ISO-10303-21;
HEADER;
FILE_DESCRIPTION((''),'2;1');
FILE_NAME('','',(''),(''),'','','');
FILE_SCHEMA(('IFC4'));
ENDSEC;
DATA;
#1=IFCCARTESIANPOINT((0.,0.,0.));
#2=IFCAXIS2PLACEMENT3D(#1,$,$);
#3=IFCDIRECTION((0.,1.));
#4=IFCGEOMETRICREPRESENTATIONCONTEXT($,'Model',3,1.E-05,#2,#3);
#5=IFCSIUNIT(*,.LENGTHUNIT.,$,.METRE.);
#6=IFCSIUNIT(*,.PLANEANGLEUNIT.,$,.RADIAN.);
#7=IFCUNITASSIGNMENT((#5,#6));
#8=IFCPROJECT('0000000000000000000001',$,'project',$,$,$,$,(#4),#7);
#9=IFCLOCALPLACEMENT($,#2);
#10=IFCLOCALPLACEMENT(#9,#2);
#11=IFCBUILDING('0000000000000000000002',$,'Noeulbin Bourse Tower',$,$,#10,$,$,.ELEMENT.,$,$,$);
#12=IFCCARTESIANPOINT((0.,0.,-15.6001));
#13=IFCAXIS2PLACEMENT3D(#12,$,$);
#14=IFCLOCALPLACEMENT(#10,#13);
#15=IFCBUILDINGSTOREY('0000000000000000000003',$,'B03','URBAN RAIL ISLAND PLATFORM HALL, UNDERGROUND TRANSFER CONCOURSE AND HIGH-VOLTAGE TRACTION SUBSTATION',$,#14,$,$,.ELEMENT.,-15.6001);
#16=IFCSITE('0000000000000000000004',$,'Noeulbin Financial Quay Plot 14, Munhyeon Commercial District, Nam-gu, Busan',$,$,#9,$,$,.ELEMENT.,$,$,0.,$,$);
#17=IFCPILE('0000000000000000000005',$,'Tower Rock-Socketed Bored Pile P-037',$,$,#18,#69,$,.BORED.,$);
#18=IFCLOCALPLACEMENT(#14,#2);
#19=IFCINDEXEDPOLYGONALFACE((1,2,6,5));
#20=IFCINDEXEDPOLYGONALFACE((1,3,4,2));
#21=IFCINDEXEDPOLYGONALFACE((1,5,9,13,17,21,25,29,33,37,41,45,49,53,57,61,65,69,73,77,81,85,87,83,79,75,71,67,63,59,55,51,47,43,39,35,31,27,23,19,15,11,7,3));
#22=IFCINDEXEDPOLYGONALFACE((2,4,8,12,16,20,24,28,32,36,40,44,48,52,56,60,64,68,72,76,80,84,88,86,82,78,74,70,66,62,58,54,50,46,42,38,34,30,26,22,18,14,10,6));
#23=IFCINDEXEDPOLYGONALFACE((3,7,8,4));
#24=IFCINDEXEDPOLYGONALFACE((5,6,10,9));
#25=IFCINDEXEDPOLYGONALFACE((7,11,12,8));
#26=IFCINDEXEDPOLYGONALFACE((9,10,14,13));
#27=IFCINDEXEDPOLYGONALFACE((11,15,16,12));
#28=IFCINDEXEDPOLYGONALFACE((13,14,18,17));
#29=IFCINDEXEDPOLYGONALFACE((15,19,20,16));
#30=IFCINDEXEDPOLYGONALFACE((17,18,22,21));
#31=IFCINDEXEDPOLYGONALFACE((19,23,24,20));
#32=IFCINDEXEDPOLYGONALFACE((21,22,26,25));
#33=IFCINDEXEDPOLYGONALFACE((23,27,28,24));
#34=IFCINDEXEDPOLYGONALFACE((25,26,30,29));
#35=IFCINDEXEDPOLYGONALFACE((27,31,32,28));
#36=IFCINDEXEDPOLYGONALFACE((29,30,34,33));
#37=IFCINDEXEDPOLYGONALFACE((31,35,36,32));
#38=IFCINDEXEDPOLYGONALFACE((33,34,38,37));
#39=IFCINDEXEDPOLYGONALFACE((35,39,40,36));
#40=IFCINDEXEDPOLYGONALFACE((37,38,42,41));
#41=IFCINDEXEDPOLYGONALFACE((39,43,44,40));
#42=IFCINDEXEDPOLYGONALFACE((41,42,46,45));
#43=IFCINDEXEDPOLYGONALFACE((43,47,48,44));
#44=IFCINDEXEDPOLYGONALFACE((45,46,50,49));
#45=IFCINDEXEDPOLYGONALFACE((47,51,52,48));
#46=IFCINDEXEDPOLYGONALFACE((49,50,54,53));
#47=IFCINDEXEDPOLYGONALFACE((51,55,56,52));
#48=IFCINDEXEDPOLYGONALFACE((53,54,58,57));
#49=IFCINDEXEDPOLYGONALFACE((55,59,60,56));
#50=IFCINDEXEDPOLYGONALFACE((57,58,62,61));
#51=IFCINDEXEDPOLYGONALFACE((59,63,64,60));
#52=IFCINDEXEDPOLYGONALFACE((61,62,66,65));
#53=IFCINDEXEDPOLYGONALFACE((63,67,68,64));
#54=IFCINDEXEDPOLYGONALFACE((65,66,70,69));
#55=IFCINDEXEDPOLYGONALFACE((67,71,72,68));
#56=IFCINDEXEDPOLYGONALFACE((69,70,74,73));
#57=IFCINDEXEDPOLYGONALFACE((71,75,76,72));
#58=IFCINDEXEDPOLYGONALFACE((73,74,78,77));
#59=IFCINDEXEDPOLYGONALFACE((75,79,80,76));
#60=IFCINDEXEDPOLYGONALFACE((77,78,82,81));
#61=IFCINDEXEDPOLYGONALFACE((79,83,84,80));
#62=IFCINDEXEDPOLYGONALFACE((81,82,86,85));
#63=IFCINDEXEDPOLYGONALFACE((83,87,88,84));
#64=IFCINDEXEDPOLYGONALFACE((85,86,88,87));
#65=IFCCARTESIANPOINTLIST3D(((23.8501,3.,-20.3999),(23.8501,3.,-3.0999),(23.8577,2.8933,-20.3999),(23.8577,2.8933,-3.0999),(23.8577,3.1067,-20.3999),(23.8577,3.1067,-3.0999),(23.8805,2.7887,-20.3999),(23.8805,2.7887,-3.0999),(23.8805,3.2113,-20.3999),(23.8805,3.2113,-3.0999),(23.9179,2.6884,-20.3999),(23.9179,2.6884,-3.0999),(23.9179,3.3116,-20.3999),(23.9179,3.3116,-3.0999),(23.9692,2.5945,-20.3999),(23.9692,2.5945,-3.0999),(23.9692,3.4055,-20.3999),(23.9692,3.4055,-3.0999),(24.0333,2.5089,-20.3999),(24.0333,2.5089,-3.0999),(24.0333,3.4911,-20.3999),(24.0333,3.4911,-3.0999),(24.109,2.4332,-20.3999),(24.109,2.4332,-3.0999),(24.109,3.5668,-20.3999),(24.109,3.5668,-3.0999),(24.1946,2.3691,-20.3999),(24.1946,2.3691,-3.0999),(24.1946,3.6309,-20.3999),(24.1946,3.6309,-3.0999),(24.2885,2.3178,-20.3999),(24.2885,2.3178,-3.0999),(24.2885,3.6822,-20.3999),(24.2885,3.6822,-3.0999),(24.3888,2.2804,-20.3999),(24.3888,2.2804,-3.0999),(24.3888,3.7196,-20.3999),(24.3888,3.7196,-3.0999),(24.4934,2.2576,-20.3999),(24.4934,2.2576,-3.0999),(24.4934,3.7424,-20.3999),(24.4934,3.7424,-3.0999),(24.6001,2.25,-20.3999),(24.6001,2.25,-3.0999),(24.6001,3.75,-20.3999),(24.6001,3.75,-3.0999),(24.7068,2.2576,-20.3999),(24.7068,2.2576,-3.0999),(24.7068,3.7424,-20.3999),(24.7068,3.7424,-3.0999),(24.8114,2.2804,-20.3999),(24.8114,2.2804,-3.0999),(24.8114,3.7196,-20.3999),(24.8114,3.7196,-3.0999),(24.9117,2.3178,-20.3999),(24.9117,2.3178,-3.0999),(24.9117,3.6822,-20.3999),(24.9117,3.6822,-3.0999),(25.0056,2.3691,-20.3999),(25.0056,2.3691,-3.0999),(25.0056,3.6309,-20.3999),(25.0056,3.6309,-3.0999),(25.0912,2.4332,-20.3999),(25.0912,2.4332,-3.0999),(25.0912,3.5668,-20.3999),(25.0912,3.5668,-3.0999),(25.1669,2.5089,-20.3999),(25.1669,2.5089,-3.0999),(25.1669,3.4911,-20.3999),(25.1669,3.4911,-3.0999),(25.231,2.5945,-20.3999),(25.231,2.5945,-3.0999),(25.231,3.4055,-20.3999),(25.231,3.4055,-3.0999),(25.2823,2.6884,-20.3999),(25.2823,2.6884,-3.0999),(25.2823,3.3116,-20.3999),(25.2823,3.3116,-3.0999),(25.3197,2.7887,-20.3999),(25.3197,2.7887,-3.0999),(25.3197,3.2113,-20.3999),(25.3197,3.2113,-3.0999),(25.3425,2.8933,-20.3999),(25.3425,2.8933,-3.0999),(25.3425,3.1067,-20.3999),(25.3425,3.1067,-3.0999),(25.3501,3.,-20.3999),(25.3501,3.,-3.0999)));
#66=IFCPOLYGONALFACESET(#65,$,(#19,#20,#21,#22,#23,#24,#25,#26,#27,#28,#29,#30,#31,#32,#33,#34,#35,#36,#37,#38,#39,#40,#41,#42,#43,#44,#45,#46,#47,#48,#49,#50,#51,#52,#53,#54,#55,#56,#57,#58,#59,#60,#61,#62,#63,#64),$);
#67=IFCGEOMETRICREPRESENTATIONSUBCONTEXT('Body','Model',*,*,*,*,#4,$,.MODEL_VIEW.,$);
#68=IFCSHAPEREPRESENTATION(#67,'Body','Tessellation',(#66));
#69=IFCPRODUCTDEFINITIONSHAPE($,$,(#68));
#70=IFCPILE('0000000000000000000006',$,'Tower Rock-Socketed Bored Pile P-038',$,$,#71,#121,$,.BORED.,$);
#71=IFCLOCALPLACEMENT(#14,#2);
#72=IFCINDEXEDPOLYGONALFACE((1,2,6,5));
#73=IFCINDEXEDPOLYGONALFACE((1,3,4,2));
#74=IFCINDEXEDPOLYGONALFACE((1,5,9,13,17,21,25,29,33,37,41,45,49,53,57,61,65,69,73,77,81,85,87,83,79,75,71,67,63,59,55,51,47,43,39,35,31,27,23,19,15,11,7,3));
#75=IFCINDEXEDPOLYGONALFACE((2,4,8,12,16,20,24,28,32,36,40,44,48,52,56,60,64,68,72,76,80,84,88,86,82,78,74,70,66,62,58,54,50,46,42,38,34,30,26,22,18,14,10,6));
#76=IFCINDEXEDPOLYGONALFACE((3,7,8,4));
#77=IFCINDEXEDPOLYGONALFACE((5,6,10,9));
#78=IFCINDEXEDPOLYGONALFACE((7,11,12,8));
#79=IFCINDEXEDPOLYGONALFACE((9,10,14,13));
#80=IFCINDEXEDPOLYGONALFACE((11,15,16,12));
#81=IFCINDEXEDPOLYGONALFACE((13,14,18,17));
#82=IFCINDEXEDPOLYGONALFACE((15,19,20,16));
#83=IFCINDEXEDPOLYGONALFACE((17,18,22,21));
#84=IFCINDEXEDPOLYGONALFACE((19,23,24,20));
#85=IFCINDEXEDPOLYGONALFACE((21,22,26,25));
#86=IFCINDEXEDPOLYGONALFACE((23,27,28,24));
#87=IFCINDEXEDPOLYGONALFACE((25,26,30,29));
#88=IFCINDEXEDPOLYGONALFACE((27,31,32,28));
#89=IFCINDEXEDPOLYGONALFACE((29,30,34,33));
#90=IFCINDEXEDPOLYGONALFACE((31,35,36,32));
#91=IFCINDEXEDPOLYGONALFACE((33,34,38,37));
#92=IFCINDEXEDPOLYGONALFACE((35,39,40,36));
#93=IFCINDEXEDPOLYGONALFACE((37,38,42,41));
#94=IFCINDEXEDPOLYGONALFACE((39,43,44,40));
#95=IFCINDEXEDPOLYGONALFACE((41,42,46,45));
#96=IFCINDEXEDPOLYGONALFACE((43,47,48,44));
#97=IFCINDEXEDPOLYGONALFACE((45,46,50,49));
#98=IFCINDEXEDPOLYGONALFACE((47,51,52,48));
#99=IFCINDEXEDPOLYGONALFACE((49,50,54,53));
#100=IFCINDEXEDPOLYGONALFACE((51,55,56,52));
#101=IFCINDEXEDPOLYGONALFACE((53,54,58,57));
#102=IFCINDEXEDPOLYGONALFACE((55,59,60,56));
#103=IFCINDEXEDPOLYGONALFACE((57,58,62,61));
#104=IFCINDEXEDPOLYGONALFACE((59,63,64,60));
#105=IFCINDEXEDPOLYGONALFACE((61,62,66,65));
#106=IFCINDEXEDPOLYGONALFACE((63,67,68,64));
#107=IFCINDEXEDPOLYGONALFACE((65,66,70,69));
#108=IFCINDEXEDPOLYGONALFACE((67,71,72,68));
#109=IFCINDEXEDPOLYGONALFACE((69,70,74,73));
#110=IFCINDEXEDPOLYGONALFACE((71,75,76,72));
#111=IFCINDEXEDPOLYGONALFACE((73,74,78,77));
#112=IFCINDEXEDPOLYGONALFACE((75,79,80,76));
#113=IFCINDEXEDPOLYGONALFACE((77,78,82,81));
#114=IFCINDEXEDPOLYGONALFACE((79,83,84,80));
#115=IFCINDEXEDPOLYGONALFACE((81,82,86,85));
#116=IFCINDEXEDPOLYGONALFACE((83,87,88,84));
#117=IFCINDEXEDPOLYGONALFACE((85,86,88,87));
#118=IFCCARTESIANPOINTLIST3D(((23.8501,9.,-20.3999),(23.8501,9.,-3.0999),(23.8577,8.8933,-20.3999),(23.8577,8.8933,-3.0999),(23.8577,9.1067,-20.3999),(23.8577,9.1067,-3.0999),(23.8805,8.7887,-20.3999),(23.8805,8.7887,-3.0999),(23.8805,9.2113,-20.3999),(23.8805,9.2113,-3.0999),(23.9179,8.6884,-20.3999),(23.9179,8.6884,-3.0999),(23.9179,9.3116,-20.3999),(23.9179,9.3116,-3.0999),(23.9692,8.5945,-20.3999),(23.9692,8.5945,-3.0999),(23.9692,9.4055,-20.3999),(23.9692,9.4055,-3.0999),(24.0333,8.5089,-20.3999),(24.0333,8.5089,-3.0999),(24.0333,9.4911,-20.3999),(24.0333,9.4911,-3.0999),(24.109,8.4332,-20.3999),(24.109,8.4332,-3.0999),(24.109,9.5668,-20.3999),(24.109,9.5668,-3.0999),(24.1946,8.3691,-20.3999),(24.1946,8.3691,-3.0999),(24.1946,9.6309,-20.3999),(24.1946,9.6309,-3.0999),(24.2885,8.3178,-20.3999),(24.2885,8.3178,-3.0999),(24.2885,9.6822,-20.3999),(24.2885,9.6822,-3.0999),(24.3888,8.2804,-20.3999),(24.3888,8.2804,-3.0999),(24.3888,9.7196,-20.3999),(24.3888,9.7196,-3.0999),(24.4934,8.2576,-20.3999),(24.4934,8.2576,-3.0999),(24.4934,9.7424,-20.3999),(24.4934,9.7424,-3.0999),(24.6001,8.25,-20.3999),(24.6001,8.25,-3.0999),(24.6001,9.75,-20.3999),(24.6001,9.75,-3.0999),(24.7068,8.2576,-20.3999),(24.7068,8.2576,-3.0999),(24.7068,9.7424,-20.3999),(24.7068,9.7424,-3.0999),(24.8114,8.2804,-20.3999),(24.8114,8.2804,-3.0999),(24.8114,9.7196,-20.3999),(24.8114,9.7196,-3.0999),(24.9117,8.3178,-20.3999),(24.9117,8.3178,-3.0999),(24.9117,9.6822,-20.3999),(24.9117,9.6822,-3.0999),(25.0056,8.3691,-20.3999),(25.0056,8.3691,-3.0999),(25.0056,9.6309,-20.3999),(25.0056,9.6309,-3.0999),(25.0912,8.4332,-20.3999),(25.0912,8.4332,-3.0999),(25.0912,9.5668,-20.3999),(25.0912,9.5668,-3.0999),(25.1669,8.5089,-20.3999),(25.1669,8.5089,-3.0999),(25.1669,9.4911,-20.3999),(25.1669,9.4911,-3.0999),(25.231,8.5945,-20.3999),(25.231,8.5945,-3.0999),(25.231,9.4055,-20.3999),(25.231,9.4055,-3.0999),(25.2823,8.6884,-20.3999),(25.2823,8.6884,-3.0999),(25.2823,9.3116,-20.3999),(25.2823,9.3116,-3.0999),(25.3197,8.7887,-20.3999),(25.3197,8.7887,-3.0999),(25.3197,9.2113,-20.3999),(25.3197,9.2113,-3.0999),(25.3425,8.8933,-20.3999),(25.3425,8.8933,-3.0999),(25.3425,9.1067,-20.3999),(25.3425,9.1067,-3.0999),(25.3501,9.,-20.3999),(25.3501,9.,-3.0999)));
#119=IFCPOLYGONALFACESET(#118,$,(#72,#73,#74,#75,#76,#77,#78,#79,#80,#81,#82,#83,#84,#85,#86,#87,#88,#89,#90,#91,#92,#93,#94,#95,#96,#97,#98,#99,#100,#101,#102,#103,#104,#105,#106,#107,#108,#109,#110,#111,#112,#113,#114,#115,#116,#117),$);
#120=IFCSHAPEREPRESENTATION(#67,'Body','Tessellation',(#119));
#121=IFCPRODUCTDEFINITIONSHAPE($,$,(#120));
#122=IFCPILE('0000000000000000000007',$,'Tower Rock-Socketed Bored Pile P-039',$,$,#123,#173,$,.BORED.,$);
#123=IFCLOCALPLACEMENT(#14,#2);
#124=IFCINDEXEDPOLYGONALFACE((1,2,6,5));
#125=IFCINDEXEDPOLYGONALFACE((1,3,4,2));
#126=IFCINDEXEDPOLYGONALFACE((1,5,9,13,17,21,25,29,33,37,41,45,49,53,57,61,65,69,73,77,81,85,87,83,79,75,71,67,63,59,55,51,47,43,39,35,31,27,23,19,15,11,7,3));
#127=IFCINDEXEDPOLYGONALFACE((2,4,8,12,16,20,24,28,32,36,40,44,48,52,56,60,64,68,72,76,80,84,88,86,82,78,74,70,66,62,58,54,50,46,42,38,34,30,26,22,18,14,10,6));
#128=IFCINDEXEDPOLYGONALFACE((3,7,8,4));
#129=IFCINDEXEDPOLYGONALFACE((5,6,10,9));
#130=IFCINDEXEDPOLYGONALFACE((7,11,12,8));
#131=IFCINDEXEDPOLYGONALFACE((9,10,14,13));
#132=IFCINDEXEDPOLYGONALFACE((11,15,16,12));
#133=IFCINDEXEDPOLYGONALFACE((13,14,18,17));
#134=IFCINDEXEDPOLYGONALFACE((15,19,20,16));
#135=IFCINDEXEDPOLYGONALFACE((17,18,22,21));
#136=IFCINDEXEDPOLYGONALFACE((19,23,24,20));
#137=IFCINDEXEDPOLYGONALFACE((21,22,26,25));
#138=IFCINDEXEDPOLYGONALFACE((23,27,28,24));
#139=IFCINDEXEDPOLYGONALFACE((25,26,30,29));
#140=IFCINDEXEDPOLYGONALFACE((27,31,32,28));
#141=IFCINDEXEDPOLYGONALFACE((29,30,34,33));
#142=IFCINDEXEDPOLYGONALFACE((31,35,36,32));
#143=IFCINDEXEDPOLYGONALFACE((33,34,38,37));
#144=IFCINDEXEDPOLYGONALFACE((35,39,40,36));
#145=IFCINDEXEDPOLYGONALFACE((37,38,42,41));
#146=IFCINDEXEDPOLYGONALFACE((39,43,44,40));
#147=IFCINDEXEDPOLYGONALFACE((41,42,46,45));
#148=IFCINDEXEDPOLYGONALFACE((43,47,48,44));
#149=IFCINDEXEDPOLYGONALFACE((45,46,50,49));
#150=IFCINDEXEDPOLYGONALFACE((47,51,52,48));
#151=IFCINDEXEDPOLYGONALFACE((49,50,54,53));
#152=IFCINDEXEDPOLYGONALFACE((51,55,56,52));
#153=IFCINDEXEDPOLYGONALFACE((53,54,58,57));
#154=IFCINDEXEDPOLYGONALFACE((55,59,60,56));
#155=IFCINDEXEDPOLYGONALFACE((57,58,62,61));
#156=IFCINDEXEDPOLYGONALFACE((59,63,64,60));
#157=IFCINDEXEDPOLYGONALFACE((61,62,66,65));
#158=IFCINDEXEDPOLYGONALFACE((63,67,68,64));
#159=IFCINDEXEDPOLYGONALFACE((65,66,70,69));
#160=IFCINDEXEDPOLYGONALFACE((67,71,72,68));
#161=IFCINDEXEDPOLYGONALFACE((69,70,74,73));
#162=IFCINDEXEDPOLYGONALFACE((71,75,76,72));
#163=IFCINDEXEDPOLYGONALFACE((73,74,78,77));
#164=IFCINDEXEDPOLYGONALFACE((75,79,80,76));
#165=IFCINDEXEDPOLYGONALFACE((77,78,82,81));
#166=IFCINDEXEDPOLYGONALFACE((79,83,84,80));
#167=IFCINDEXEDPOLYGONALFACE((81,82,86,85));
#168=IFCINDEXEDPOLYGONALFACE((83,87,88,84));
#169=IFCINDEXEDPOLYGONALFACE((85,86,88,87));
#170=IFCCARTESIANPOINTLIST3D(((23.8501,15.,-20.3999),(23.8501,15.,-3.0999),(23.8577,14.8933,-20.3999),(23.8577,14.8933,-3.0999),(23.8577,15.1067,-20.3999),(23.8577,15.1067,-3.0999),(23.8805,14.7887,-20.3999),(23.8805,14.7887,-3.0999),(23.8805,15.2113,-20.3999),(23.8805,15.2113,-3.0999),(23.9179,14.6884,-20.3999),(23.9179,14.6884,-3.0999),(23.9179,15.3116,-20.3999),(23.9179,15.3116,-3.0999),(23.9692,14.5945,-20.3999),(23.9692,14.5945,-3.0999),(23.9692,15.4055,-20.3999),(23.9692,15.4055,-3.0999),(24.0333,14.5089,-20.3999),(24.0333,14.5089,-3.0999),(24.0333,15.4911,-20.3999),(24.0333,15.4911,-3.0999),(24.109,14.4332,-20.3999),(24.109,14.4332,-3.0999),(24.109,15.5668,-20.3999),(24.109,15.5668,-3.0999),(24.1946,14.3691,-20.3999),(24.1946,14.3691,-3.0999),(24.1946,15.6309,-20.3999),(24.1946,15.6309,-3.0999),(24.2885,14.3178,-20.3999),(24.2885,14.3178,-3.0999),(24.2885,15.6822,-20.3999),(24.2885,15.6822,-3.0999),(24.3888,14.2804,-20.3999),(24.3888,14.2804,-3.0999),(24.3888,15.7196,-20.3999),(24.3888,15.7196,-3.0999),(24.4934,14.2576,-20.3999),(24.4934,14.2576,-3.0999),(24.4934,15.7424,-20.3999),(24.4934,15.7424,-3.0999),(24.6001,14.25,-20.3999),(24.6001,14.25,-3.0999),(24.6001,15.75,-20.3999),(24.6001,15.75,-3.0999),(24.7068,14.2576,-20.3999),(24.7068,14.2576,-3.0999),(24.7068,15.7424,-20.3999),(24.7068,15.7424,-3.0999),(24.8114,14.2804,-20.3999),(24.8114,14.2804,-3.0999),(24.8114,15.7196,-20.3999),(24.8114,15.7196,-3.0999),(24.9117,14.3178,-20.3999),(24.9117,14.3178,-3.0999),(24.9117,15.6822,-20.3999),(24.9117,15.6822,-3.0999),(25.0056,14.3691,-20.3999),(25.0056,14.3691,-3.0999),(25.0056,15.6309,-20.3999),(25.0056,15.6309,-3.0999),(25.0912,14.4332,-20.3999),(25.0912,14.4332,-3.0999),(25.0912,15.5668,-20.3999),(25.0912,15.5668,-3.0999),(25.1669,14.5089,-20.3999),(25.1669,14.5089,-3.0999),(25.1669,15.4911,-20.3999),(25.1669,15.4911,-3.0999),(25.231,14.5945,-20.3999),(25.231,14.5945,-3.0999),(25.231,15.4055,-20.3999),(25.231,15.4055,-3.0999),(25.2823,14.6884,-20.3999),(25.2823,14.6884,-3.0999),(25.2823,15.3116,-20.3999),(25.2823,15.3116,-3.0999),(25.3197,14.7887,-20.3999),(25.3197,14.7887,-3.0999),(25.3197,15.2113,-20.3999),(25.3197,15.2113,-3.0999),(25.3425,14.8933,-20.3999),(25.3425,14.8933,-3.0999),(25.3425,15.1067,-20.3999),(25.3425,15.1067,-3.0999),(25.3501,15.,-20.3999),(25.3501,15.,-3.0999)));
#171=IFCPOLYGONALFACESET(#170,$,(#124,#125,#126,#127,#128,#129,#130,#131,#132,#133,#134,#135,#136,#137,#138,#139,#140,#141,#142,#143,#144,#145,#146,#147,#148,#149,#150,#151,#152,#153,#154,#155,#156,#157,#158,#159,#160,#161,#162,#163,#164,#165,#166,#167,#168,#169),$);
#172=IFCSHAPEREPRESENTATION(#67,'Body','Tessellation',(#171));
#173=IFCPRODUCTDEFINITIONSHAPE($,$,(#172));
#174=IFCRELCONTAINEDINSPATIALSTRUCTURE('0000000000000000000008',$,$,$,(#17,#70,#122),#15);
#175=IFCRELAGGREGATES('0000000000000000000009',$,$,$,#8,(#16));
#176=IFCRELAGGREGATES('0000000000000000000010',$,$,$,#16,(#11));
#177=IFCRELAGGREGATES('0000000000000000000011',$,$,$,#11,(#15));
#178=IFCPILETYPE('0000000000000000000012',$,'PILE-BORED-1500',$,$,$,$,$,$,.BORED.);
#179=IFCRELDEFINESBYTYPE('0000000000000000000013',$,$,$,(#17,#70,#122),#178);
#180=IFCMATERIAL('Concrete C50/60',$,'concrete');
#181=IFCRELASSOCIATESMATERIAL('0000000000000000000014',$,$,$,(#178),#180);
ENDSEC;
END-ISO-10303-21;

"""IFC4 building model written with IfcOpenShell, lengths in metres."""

from ifc_helpers import new_model, si_unit, direction, frame, origin, origin_2d, place, context, subcontext, project, spatial, circle, extrude, material, material_profile, profile_set, type_object, element, save


model = new_model("IFC4")

# Units and contexts
model_context = context("Model", 3, precision=1e-05, world=origin(), true_north=direction((0.0, 1.0)))
body_context = subcontext(model_context, "Body", "Model", "MODEL_VIEW")
ifc_project = project(units=[si_unit("LENGTHUNIT", "METRE"), si_unit("PLANEANGLEUNIT", "RADIAN")], contexts=[model_context])

# Site, building, storey
site_placement = place(None, origin())
site = spatial("IfcSite", under=ifc_project, at=site_placement, Name="Noeulbin Financial Quay Plot 14, Munhyeon Commercial District, Nam-gu, Busan", CompositionType="ELEMENT", RefElevation=0.0)
building_placement = place(site_placement, origin())
building = spatial("IfcBuilding", under=site, at=building_placement, Name="Noeulbin Bourse Tower", CompositionType="ELEMENT")
storey_placement = place(building_placement, frame((0.0, 0.0, -15.6001)))
storey = spatial("IfcBuildingStorey", under=building, at=storey_placement, Name="B03", Description="URBAN RAIL ISLAND PLATFORM HALL, UNDERGROUND TRANSFER CONCOURSE AND HIGH-VOLTAGE TRACTION SUBSTATION", CompositionType="ELEMENT", Elevation=-15.6001)

# Piles
ifc_material_1 = material(Name="Concrete C50/60", Category="concrete")
ifc_material_profile_1 = material_profile(ifc_material_1, circle(Radius=0.75, at=origin_2d()), Name="PILE-D1500", Category="LoadBearing")
ifc_profile_set_1 = profile_set([ifc_material_profile_1], Name="Concrete C50/60")
pile_type = type_object("IfcPileType", Name="PILE-BORED-1500", PredefinedType="BORED", material=ifc_profile_set_1)
for number, where, z_axis, x_axis, name in (
    (1, (24.6001, 3.0, -3.0999), (0.0, 0.0, -1.0), (1.0, 0.0, 0.0), "Tower Rock-Socketed Bored Pile P-037"),
    (2, (24.6001, 9.0, -3.0999), (0.0, 0.0, -1.0), (1.0, 0.0, 0.0), "Tower Rock-Socketed Bored Pile P-038"),
    (3, (24.6001, 15.0, -3.0999), (0.0, 0.0, -1.0), (1.0, 0.0, 0.0), "Tower Rock-Socketed Bored Pile P-039"),
):
    element("IfcPile", number, at=place(storey_placement, frame(where, z_axis=z_axis, x_axis=x_axis)), inside=storey, type_object=pile_type, Name=name, PredefinedType="BORED", context=body_context, shape_type="SweptSolid", body=[
        extrude(circle(Radius=0.75, at=origin_2d()), origin(), (0.0, 0.0, 1.0), 17.3),
    ])

save(model, "model.ifc")
